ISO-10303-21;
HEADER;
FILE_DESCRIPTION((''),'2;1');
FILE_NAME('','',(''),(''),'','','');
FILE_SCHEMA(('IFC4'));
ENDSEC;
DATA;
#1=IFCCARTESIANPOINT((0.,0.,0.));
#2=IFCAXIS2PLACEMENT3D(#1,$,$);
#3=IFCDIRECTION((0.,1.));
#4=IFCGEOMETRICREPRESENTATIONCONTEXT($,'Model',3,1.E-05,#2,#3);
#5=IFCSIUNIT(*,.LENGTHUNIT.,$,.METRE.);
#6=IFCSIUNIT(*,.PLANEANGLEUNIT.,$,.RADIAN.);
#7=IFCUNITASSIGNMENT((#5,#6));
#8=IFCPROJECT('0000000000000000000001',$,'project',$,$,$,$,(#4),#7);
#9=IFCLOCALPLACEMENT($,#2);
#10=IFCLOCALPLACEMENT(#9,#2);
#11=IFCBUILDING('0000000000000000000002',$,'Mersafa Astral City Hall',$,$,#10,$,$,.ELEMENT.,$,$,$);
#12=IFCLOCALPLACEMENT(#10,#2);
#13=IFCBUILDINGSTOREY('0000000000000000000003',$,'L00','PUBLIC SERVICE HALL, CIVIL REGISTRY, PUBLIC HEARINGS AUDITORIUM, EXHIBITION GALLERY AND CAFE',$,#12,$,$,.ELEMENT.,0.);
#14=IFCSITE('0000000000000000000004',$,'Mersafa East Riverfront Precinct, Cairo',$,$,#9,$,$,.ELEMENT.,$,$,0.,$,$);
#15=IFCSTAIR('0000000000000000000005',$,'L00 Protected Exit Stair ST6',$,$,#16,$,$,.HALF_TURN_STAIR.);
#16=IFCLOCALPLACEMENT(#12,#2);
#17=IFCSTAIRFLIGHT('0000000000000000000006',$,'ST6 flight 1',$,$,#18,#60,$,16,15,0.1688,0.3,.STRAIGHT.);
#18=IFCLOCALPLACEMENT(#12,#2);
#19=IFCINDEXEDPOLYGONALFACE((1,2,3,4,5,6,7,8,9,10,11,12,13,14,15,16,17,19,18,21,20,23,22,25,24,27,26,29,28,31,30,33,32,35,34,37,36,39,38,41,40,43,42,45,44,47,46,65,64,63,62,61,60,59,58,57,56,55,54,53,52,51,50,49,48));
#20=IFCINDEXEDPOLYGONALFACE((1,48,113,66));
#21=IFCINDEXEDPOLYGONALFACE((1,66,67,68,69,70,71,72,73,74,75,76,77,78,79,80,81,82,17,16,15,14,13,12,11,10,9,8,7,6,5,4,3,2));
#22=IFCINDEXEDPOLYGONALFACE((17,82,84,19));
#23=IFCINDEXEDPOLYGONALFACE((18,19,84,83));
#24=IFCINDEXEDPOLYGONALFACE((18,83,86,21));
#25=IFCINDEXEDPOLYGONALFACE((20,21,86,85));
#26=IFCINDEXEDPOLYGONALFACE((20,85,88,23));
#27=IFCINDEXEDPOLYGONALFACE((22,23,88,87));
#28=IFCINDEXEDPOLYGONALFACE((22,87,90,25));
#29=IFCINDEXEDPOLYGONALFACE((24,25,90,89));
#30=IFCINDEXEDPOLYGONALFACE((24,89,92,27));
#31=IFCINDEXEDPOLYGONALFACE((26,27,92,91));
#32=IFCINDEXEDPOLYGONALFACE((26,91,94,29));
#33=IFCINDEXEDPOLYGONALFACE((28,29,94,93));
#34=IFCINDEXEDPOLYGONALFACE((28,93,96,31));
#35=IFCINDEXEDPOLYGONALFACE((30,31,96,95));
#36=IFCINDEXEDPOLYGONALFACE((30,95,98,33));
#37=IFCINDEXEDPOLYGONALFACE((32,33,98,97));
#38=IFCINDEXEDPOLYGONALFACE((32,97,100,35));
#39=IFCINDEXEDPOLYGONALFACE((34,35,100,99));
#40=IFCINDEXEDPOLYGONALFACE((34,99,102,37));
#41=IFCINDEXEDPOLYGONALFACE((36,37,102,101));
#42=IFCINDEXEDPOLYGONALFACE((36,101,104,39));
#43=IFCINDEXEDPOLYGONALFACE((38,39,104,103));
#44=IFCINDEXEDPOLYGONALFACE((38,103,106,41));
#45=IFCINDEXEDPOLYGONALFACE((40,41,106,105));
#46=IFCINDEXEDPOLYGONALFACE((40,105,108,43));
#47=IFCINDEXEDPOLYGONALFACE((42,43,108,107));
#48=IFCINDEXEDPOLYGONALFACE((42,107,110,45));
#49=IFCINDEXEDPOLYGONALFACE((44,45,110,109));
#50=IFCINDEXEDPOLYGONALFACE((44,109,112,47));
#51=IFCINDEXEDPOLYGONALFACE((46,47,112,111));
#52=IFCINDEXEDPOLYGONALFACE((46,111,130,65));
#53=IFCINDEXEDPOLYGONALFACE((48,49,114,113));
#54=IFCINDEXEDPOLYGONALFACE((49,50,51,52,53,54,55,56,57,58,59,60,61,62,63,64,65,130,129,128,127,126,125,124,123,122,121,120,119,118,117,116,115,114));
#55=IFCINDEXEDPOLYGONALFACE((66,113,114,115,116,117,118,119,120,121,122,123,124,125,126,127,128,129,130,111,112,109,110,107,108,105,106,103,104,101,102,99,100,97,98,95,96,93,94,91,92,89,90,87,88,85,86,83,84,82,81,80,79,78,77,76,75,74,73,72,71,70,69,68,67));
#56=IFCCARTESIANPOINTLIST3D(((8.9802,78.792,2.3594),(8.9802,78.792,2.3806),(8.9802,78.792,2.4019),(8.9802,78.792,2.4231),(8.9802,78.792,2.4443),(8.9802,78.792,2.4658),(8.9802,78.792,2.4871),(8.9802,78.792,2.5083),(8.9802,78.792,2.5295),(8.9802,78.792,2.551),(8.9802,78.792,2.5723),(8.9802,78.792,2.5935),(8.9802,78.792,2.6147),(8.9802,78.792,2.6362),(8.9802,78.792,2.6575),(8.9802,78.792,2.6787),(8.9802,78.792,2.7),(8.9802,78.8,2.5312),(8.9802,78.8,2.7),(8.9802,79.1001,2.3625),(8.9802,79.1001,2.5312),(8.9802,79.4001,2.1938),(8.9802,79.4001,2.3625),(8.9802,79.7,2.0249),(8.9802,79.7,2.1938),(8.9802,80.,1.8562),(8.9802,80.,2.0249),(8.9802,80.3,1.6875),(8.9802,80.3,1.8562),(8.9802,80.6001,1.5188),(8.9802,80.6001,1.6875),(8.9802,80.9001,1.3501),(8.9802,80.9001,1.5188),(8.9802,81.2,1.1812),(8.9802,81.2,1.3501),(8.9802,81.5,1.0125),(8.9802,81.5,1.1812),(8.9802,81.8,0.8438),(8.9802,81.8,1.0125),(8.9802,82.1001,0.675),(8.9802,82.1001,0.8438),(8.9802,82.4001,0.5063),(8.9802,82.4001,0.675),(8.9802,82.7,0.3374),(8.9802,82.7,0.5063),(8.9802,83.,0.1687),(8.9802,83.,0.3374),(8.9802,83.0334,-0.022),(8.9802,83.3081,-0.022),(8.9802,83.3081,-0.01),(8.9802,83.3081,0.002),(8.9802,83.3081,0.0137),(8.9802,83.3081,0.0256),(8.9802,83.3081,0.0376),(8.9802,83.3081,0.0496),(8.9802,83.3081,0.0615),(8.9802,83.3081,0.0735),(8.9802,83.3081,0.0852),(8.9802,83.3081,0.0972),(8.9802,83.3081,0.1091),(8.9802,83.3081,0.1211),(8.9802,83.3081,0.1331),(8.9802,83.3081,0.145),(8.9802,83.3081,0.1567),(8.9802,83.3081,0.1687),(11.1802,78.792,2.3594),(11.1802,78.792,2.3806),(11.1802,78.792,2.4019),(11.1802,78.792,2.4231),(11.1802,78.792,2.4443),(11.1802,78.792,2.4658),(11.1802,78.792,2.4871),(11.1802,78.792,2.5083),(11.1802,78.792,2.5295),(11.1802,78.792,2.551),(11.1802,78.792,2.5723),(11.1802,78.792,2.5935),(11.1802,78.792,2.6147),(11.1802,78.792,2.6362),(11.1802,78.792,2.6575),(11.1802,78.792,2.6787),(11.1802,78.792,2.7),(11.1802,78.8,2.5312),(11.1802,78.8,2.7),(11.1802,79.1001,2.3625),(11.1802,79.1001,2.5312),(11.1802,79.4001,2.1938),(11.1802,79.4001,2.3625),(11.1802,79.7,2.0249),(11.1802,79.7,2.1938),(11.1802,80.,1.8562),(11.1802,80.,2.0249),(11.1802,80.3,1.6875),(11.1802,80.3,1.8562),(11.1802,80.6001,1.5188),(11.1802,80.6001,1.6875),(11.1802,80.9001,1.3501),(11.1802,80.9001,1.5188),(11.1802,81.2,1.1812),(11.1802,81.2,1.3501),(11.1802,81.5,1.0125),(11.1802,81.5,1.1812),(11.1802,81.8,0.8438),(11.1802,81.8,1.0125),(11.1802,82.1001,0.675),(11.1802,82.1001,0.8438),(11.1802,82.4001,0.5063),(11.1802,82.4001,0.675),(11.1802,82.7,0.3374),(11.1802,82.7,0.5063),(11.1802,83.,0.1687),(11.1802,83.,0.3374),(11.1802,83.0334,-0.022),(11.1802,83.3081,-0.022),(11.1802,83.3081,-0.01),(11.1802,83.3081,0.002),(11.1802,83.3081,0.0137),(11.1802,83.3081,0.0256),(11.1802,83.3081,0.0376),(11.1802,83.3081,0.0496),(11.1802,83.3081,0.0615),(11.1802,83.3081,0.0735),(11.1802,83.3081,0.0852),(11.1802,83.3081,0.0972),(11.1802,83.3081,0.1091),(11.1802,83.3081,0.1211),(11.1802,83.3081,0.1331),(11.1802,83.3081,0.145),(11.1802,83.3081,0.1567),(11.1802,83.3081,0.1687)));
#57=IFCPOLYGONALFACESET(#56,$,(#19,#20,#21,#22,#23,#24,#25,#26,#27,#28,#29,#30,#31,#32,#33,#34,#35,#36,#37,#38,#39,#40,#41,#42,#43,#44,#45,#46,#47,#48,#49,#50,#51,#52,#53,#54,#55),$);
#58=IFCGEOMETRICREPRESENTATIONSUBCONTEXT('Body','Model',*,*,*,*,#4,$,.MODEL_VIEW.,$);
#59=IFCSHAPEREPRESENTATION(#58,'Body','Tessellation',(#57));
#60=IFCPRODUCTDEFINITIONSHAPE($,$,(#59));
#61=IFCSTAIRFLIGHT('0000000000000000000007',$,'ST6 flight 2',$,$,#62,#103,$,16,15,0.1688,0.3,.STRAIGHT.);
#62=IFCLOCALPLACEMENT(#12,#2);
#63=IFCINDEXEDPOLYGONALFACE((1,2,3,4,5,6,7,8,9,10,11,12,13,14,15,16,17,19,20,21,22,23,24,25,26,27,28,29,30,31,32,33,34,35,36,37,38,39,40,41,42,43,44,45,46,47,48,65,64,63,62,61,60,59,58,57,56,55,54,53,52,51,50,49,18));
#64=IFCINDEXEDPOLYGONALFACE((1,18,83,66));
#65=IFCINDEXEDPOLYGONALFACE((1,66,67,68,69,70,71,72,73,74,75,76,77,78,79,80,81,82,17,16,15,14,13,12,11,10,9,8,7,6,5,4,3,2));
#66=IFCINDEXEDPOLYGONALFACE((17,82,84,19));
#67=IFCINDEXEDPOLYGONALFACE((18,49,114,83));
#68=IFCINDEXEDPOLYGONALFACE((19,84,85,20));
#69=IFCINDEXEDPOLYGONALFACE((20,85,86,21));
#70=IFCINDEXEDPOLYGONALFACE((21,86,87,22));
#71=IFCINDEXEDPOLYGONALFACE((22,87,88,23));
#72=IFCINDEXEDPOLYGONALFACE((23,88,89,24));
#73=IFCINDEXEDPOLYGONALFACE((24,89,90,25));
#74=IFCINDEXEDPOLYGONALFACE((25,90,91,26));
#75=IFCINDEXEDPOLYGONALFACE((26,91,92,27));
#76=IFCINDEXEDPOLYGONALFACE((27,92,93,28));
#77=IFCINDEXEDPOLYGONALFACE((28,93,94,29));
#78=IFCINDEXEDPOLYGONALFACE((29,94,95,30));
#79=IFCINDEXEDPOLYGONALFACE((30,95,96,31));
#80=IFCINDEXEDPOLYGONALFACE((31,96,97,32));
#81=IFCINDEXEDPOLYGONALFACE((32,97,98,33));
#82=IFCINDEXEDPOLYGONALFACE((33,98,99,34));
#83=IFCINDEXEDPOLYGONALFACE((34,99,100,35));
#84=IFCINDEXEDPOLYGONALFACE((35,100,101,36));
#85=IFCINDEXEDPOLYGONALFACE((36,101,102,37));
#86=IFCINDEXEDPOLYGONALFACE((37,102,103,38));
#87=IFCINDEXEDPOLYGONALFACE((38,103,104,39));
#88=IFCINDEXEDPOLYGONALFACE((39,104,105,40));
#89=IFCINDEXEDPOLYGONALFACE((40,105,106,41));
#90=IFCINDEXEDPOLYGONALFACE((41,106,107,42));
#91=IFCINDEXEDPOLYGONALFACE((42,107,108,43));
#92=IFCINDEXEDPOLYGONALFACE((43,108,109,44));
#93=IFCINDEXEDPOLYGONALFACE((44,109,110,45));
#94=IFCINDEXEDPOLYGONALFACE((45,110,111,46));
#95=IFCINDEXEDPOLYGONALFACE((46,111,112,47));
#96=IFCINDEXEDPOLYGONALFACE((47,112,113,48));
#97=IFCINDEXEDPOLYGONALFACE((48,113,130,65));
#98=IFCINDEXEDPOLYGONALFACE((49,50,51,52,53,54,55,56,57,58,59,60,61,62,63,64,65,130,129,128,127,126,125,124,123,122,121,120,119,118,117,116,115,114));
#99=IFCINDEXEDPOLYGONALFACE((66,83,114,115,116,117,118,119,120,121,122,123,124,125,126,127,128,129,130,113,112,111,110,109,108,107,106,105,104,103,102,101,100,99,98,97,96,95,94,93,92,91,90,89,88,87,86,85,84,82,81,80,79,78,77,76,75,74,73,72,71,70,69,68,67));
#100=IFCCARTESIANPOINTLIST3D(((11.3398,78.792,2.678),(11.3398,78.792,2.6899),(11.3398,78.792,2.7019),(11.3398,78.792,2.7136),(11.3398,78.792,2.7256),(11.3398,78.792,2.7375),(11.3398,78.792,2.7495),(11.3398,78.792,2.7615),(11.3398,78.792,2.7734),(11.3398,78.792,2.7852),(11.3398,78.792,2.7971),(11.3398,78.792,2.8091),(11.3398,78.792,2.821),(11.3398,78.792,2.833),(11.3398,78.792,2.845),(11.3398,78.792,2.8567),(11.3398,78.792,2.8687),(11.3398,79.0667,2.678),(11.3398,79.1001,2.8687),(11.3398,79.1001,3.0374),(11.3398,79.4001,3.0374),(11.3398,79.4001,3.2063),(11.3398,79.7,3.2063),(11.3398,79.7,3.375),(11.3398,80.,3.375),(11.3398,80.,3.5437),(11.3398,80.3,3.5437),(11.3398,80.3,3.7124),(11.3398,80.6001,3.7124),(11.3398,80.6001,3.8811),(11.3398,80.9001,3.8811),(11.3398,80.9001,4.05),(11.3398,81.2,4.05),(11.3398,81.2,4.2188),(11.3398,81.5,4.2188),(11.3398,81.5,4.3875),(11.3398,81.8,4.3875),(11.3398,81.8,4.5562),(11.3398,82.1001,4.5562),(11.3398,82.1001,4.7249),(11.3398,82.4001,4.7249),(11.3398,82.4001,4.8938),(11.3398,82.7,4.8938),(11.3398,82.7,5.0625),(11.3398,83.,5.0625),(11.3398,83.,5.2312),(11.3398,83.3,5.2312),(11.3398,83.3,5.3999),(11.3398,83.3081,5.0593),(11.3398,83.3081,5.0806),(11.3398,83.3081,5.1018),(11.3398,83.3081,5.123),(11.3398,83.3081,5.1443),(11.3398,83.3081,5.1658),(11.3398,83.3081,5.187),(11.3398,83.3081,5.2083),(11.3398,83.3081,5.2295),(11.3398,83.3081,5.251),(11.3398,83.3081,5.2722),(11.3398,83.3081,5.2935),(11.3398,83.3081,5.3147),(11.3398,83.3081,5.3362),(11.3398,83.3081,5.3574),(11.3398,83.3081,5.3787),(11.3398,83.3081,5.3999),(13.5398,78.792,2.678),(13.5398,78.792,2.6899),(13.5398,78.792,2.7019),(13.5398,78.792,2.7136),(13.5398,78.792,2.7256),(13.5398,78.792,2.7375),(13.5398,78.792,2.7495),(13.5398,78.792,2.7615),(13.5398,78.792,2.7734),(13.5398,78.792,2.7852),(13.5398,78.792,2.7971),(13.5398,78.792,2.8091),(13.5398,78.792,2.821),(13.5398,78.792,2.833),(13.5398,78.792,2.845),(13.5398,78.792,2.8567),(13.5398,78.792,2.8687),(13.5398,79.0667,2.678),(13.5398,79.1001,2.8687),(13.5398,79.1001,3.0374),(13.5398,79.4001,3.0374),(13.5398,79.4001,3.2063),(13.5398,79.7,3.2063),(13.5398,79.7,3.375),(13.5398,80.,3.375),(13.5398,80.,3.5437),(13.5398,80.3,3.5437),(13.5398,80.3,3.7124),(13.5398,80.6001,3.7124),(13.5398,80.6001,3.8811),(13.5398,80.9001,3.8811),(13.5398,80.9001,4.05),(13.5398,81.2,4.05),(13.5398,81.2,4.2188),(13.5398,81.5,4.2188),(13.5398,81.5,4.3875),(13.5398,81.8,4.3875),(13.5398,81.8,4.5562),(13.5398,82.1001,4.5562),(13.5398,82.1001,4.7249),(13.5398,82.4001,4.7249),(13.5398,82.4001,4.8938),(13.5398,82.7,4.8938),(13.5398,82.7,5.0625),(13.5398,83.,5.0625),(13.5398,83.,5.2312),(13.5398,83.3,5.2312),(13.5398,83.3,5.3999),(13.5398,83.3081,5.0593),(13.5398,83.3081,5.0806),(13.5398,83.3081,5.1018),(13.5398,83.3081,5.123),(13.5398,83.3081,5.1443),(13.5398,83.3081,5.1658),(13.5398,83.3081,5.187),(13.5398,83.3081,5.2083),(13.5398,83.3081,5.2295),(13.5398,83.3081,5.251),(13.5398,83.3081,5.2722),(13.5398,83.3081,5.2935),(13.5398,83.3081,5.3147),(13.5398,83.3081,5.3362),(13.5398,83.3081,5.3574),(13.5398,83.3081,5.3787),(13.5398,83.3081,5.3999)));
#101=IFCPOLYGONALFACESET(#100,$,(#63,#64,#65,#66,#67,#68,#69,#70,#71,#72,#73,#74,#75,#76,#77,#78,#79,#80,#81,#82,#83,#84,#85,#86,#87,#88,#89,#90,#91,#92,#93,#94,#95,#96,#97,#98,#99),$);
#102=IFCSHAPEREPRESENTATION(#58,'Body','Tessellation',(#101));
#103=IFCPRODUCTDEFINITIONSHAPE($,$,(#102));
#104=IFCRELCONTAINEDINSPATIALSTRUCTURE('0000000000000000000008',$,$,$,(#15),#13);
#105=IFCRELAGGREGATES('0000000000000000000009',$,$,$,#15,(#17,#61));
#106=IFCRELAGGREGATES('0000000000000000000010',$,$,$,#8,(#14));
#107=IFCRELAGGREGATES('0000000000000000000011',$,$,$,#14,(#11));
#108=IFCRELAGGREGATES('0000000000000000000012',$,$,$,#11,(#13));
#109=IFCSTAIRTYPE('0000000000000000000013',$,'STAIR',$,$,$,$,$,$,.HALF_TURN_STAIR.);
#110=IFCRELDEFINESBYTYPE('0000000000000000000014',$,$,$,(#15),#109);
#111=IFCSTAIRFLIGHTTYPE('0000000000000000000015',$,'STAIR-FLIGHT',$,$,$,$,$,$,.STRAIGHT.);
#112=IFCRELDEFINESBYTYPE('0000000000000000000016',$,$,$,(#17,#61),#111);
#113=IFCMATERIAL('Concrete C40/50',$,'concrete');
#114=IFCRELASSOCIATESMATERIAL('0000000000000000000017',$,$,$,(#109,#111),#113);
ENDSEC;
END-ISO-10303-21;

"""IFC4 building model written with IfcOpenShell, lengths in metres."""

from ifc_helpers import new_model, si_unit, direction, frame, origin, place, context, subcontext, project, spatial, polyline, outline, extrude, material, type_object, element, aggregate, save


model = new_model("IFC4")

# Units and contexts
model_context = context("Model", 3, precision=1e-05, world=origin(), true_north=direction((0.0, 1.0)))
body_context = subcontext(model_context, "Body", "Model", "MODEL_VIEW")
ifc_project = project(units=[si_unit("LENGTHUNIT", "METRE"), si_unit("PLANEANGLEUNIT", "RADIAN")], contexts=[model_context])

# Site, building, storey
site_placement = place(None, origin())
site = spatial("IfcSite", under=ifc_project, at=site_placement, Name="Mersafa East Riverfront Precinct, Cairo", CompositionType="ELEMENT", RefElevation=0.0)
building_placement = place(site_placement, origin())
building = spatial("IfcBuilding", under=site, at=building_placement, Name="Mersafa Astral City Hall", CompositionType="ELEMENT")
storey_placement = place(building_placement, origin())
storey = spatial("IfcBuildingStorey", under=building, at=storey_placement, Name="L00", Description="PUBLIC SERVICE HALL, CIVIL REGISTRY, PUBLIC HEARINGS AUDITORIUM, EXHIBITION GALLERY AND CAFE", CompositionType="ELEMENT", Elevation=0.0)

# Shared definitions
ifc_material_1 = material(Name="Concrete C40/50", Category="concrete")

# Stair, stair flights
stair_type = type_object("IfcStairType", Name="STAIR", PredefinedType="HALF_TURN_STAIR", material=ifc_material_1)
stair_placement = place(storey_placement, origin())
stair = element("IfcStair", 1, at=stair_placement, inside=storey, type_object=stair_type, Name="L00 Protected Exit Stair ST6", PredefinedType="HALF_TURN_STAIR")
stair_flight_type = type_object("IfcStairFlightType", Name="STAIR-FLIGHT", PredefinedType="STRAIGHT", material=ifc_material_1)
stair_flight_1_placement = place(storey_placement, frame((10.0801, 83.3, 0.0), z_axis=(0.0, 0.0, 1.0), x_axis=(0.0, -1.0, 0.0)))
stair_flight_1 = element("IfcStairFlight", 2, at=stair_flight_1_placement, type_object=stair_flight_type, Name="ST6 flight 1", NumberOfRisers=16, NumberOfTreads=15, PredefinedType="STRAIGHT", RiserHeight=0.1688, TreadLength=0.3, context=body_context, shape_type="SweptSolid", body=[
    extrude(outline(polyline([(-0.0081, -0.022), (-0.0081, -0.01), (-0.0081, 0.002), (-0.0081, 0.0137), (-0.0081, 0.0256), (-0.0081, 0.0376), (-0.0081, 0.0496), (-0.0081, 0.0615), (-0.0081, 0.0735), (-0.0081, 0.0852), (-0.0081, 0.0972), (-0.0081, 0.1091), (-0.0081, 0.1211), (-0.0081, 0.1331), (-0.0081, 0.145), (-0.0081, 0.1567), (-0.0081, 0.1687), (0.3, 0.1687), (0.3, 0.3374), (0.6001, 0.3374), (0.6001, 0.5063), (0.8999, 0.5063), (0.8999, 0.675), (1.2, 0.675), (1.2, 0.8438), (1.5, 0.8438), (1.5, 1.0125), (1.8, 1.0125), (1.8, 1.1812), (2.1001, 1.1812), (2.1001, 1.3501), (2.3999, 1.3501), (2.3999, 1.5188), (2.7, 1.5188), (2.7, 1.6875), (3.0, 1.6875), (3.0, 1.8562), (3.3, 1.8562), (3.3, 2.0249), (3.6001, 2.0249), (3.6001, 2.1938), (3.8999, 2.1938), (3.8999, 2.3625), (4.2, 2.3625), (4.2, 2.5312), (4.5, 2.5312), (4.5, 2.7), (4.5081, 2.7), (4.5081, 2.6787), (4.5081, 2.6575), (4.5081, 2.6362), (4.5081, 2.6147), (4.5081, 2.5935), (4.5081, 2.5723), (4.5081, 2.551), (4.5081, 2.5295), (4.5081, 2.5083), (4.5081, 2.4871), (4.5081, 2.4658), (4.5081, 2.4443), (4.5081, 2.4231), (4.5081, 2.4019), (4.5081, 2.3806), (4.5081, 2.3594), (0.2666, -0.022), (-0.0081, -0.022)])), frame((0.0, 1.1001, 0.0), z_axis=(0.0, -1.0, 0.0), x_axis=(1.0, 0.0, 0.0)), (0.0, 0.0, 1.0), 2.2),
])
stair_flight_2_placement = place(storey_placement, frame((12.4399, 78.8, 2.7), z_axis=(0.0, 0.0, 1.0), x_axis=(0.0, 1.0, 0.0)))
stair_flight_2 = element("IfcStairFlight", 3, at=stair_flight_2_placement, type_object=stair_flight_type, Name="ST6 flight 2", NumberOfRisers=16, NumberOfTreads=15, PredefinedType="STRAIGHT", RiserHeight=0.1688, TreadLength=0.3, context=body_context, shape_type="SweptSolid", body=[
    extrude(outline(polyline([(-0.0081, -0.022), (-0.0081, -0.01), (-0.0081, 0.002), (-0.0081, 0.0137), (-0.0081, 0.0256), (-0.0081, 0.0376), (-0.0081, 0.0496), (-0.0081, 0.0615), (-0.0081, 0.0735), (-0.0081, 0.0852), (-0.0081, 0.0972), (-0.0081, 0.1091), (-0.0081, 0.1211), (-0.0081, 0.1331), (-0.0081, 0.145), (-0.0081, 0.1567), (-0.0081, 0.1687), (0.3, 0.1687), (0.3, 0.3374), (0.6001, 0.3374), (0.6001, 0.5063), (0.8999, 0.5063), (0.8999, 0.675), (1.2, 0.675), (1.2, 0.8438), (1.5, 0.8438), (1.5, 1.0125), (1.8, 1.0125), (1.8, 1.1812), (2.1001, 1.1812), (2.1001, 1.3501), (2.3999, 1.3501), (2.3999, 1.5188), (2.7, 1.5188), (2.7, 1.6875), (3.0, 1.6875), (3.0, 1.8562), (3.3, 1.8562), (3.3, 2.0249), (3.6001, 2.0249), (3.6001, 2.1938), (3.8999, 2.1938), (3.8999, 2.3625), (4.2, 2.3625), (4.2, 2.5312), (4.5, 2.5312), (4.5, 2.7), (4.5081, 2.7), (4.5081, 2.6787), (4.5081, 2.6575), (4.5081, 2.6362), (4.5081, 2.6147), (4.5081, 2.5935), (4.5081, 2.5723), (4.5081, 2.551), (4.5081, 2.5295), (4.5081, 2.5083), (4.5081, 2.4871), (4.5081, 2.4658), (4.5081, 2.4443), (4.5081, 2.4231), (4.5081, 2.4019), (4.5081, 2.3806), (4.5081, 2.3594), (0.2666, -0.022), (-0.0081, -0.022)])), frame((0.0, 1.1001, 0.0), z_axis=(0.0, -1.0, 0.0), x_axis=(1.0, 0.0, 0.0)), (0.0, 0.0, 1.0), 2.2),
])
aggregate(stair, [stair_flight_1, stair_flight_2])

save(model, "model.ifc")
